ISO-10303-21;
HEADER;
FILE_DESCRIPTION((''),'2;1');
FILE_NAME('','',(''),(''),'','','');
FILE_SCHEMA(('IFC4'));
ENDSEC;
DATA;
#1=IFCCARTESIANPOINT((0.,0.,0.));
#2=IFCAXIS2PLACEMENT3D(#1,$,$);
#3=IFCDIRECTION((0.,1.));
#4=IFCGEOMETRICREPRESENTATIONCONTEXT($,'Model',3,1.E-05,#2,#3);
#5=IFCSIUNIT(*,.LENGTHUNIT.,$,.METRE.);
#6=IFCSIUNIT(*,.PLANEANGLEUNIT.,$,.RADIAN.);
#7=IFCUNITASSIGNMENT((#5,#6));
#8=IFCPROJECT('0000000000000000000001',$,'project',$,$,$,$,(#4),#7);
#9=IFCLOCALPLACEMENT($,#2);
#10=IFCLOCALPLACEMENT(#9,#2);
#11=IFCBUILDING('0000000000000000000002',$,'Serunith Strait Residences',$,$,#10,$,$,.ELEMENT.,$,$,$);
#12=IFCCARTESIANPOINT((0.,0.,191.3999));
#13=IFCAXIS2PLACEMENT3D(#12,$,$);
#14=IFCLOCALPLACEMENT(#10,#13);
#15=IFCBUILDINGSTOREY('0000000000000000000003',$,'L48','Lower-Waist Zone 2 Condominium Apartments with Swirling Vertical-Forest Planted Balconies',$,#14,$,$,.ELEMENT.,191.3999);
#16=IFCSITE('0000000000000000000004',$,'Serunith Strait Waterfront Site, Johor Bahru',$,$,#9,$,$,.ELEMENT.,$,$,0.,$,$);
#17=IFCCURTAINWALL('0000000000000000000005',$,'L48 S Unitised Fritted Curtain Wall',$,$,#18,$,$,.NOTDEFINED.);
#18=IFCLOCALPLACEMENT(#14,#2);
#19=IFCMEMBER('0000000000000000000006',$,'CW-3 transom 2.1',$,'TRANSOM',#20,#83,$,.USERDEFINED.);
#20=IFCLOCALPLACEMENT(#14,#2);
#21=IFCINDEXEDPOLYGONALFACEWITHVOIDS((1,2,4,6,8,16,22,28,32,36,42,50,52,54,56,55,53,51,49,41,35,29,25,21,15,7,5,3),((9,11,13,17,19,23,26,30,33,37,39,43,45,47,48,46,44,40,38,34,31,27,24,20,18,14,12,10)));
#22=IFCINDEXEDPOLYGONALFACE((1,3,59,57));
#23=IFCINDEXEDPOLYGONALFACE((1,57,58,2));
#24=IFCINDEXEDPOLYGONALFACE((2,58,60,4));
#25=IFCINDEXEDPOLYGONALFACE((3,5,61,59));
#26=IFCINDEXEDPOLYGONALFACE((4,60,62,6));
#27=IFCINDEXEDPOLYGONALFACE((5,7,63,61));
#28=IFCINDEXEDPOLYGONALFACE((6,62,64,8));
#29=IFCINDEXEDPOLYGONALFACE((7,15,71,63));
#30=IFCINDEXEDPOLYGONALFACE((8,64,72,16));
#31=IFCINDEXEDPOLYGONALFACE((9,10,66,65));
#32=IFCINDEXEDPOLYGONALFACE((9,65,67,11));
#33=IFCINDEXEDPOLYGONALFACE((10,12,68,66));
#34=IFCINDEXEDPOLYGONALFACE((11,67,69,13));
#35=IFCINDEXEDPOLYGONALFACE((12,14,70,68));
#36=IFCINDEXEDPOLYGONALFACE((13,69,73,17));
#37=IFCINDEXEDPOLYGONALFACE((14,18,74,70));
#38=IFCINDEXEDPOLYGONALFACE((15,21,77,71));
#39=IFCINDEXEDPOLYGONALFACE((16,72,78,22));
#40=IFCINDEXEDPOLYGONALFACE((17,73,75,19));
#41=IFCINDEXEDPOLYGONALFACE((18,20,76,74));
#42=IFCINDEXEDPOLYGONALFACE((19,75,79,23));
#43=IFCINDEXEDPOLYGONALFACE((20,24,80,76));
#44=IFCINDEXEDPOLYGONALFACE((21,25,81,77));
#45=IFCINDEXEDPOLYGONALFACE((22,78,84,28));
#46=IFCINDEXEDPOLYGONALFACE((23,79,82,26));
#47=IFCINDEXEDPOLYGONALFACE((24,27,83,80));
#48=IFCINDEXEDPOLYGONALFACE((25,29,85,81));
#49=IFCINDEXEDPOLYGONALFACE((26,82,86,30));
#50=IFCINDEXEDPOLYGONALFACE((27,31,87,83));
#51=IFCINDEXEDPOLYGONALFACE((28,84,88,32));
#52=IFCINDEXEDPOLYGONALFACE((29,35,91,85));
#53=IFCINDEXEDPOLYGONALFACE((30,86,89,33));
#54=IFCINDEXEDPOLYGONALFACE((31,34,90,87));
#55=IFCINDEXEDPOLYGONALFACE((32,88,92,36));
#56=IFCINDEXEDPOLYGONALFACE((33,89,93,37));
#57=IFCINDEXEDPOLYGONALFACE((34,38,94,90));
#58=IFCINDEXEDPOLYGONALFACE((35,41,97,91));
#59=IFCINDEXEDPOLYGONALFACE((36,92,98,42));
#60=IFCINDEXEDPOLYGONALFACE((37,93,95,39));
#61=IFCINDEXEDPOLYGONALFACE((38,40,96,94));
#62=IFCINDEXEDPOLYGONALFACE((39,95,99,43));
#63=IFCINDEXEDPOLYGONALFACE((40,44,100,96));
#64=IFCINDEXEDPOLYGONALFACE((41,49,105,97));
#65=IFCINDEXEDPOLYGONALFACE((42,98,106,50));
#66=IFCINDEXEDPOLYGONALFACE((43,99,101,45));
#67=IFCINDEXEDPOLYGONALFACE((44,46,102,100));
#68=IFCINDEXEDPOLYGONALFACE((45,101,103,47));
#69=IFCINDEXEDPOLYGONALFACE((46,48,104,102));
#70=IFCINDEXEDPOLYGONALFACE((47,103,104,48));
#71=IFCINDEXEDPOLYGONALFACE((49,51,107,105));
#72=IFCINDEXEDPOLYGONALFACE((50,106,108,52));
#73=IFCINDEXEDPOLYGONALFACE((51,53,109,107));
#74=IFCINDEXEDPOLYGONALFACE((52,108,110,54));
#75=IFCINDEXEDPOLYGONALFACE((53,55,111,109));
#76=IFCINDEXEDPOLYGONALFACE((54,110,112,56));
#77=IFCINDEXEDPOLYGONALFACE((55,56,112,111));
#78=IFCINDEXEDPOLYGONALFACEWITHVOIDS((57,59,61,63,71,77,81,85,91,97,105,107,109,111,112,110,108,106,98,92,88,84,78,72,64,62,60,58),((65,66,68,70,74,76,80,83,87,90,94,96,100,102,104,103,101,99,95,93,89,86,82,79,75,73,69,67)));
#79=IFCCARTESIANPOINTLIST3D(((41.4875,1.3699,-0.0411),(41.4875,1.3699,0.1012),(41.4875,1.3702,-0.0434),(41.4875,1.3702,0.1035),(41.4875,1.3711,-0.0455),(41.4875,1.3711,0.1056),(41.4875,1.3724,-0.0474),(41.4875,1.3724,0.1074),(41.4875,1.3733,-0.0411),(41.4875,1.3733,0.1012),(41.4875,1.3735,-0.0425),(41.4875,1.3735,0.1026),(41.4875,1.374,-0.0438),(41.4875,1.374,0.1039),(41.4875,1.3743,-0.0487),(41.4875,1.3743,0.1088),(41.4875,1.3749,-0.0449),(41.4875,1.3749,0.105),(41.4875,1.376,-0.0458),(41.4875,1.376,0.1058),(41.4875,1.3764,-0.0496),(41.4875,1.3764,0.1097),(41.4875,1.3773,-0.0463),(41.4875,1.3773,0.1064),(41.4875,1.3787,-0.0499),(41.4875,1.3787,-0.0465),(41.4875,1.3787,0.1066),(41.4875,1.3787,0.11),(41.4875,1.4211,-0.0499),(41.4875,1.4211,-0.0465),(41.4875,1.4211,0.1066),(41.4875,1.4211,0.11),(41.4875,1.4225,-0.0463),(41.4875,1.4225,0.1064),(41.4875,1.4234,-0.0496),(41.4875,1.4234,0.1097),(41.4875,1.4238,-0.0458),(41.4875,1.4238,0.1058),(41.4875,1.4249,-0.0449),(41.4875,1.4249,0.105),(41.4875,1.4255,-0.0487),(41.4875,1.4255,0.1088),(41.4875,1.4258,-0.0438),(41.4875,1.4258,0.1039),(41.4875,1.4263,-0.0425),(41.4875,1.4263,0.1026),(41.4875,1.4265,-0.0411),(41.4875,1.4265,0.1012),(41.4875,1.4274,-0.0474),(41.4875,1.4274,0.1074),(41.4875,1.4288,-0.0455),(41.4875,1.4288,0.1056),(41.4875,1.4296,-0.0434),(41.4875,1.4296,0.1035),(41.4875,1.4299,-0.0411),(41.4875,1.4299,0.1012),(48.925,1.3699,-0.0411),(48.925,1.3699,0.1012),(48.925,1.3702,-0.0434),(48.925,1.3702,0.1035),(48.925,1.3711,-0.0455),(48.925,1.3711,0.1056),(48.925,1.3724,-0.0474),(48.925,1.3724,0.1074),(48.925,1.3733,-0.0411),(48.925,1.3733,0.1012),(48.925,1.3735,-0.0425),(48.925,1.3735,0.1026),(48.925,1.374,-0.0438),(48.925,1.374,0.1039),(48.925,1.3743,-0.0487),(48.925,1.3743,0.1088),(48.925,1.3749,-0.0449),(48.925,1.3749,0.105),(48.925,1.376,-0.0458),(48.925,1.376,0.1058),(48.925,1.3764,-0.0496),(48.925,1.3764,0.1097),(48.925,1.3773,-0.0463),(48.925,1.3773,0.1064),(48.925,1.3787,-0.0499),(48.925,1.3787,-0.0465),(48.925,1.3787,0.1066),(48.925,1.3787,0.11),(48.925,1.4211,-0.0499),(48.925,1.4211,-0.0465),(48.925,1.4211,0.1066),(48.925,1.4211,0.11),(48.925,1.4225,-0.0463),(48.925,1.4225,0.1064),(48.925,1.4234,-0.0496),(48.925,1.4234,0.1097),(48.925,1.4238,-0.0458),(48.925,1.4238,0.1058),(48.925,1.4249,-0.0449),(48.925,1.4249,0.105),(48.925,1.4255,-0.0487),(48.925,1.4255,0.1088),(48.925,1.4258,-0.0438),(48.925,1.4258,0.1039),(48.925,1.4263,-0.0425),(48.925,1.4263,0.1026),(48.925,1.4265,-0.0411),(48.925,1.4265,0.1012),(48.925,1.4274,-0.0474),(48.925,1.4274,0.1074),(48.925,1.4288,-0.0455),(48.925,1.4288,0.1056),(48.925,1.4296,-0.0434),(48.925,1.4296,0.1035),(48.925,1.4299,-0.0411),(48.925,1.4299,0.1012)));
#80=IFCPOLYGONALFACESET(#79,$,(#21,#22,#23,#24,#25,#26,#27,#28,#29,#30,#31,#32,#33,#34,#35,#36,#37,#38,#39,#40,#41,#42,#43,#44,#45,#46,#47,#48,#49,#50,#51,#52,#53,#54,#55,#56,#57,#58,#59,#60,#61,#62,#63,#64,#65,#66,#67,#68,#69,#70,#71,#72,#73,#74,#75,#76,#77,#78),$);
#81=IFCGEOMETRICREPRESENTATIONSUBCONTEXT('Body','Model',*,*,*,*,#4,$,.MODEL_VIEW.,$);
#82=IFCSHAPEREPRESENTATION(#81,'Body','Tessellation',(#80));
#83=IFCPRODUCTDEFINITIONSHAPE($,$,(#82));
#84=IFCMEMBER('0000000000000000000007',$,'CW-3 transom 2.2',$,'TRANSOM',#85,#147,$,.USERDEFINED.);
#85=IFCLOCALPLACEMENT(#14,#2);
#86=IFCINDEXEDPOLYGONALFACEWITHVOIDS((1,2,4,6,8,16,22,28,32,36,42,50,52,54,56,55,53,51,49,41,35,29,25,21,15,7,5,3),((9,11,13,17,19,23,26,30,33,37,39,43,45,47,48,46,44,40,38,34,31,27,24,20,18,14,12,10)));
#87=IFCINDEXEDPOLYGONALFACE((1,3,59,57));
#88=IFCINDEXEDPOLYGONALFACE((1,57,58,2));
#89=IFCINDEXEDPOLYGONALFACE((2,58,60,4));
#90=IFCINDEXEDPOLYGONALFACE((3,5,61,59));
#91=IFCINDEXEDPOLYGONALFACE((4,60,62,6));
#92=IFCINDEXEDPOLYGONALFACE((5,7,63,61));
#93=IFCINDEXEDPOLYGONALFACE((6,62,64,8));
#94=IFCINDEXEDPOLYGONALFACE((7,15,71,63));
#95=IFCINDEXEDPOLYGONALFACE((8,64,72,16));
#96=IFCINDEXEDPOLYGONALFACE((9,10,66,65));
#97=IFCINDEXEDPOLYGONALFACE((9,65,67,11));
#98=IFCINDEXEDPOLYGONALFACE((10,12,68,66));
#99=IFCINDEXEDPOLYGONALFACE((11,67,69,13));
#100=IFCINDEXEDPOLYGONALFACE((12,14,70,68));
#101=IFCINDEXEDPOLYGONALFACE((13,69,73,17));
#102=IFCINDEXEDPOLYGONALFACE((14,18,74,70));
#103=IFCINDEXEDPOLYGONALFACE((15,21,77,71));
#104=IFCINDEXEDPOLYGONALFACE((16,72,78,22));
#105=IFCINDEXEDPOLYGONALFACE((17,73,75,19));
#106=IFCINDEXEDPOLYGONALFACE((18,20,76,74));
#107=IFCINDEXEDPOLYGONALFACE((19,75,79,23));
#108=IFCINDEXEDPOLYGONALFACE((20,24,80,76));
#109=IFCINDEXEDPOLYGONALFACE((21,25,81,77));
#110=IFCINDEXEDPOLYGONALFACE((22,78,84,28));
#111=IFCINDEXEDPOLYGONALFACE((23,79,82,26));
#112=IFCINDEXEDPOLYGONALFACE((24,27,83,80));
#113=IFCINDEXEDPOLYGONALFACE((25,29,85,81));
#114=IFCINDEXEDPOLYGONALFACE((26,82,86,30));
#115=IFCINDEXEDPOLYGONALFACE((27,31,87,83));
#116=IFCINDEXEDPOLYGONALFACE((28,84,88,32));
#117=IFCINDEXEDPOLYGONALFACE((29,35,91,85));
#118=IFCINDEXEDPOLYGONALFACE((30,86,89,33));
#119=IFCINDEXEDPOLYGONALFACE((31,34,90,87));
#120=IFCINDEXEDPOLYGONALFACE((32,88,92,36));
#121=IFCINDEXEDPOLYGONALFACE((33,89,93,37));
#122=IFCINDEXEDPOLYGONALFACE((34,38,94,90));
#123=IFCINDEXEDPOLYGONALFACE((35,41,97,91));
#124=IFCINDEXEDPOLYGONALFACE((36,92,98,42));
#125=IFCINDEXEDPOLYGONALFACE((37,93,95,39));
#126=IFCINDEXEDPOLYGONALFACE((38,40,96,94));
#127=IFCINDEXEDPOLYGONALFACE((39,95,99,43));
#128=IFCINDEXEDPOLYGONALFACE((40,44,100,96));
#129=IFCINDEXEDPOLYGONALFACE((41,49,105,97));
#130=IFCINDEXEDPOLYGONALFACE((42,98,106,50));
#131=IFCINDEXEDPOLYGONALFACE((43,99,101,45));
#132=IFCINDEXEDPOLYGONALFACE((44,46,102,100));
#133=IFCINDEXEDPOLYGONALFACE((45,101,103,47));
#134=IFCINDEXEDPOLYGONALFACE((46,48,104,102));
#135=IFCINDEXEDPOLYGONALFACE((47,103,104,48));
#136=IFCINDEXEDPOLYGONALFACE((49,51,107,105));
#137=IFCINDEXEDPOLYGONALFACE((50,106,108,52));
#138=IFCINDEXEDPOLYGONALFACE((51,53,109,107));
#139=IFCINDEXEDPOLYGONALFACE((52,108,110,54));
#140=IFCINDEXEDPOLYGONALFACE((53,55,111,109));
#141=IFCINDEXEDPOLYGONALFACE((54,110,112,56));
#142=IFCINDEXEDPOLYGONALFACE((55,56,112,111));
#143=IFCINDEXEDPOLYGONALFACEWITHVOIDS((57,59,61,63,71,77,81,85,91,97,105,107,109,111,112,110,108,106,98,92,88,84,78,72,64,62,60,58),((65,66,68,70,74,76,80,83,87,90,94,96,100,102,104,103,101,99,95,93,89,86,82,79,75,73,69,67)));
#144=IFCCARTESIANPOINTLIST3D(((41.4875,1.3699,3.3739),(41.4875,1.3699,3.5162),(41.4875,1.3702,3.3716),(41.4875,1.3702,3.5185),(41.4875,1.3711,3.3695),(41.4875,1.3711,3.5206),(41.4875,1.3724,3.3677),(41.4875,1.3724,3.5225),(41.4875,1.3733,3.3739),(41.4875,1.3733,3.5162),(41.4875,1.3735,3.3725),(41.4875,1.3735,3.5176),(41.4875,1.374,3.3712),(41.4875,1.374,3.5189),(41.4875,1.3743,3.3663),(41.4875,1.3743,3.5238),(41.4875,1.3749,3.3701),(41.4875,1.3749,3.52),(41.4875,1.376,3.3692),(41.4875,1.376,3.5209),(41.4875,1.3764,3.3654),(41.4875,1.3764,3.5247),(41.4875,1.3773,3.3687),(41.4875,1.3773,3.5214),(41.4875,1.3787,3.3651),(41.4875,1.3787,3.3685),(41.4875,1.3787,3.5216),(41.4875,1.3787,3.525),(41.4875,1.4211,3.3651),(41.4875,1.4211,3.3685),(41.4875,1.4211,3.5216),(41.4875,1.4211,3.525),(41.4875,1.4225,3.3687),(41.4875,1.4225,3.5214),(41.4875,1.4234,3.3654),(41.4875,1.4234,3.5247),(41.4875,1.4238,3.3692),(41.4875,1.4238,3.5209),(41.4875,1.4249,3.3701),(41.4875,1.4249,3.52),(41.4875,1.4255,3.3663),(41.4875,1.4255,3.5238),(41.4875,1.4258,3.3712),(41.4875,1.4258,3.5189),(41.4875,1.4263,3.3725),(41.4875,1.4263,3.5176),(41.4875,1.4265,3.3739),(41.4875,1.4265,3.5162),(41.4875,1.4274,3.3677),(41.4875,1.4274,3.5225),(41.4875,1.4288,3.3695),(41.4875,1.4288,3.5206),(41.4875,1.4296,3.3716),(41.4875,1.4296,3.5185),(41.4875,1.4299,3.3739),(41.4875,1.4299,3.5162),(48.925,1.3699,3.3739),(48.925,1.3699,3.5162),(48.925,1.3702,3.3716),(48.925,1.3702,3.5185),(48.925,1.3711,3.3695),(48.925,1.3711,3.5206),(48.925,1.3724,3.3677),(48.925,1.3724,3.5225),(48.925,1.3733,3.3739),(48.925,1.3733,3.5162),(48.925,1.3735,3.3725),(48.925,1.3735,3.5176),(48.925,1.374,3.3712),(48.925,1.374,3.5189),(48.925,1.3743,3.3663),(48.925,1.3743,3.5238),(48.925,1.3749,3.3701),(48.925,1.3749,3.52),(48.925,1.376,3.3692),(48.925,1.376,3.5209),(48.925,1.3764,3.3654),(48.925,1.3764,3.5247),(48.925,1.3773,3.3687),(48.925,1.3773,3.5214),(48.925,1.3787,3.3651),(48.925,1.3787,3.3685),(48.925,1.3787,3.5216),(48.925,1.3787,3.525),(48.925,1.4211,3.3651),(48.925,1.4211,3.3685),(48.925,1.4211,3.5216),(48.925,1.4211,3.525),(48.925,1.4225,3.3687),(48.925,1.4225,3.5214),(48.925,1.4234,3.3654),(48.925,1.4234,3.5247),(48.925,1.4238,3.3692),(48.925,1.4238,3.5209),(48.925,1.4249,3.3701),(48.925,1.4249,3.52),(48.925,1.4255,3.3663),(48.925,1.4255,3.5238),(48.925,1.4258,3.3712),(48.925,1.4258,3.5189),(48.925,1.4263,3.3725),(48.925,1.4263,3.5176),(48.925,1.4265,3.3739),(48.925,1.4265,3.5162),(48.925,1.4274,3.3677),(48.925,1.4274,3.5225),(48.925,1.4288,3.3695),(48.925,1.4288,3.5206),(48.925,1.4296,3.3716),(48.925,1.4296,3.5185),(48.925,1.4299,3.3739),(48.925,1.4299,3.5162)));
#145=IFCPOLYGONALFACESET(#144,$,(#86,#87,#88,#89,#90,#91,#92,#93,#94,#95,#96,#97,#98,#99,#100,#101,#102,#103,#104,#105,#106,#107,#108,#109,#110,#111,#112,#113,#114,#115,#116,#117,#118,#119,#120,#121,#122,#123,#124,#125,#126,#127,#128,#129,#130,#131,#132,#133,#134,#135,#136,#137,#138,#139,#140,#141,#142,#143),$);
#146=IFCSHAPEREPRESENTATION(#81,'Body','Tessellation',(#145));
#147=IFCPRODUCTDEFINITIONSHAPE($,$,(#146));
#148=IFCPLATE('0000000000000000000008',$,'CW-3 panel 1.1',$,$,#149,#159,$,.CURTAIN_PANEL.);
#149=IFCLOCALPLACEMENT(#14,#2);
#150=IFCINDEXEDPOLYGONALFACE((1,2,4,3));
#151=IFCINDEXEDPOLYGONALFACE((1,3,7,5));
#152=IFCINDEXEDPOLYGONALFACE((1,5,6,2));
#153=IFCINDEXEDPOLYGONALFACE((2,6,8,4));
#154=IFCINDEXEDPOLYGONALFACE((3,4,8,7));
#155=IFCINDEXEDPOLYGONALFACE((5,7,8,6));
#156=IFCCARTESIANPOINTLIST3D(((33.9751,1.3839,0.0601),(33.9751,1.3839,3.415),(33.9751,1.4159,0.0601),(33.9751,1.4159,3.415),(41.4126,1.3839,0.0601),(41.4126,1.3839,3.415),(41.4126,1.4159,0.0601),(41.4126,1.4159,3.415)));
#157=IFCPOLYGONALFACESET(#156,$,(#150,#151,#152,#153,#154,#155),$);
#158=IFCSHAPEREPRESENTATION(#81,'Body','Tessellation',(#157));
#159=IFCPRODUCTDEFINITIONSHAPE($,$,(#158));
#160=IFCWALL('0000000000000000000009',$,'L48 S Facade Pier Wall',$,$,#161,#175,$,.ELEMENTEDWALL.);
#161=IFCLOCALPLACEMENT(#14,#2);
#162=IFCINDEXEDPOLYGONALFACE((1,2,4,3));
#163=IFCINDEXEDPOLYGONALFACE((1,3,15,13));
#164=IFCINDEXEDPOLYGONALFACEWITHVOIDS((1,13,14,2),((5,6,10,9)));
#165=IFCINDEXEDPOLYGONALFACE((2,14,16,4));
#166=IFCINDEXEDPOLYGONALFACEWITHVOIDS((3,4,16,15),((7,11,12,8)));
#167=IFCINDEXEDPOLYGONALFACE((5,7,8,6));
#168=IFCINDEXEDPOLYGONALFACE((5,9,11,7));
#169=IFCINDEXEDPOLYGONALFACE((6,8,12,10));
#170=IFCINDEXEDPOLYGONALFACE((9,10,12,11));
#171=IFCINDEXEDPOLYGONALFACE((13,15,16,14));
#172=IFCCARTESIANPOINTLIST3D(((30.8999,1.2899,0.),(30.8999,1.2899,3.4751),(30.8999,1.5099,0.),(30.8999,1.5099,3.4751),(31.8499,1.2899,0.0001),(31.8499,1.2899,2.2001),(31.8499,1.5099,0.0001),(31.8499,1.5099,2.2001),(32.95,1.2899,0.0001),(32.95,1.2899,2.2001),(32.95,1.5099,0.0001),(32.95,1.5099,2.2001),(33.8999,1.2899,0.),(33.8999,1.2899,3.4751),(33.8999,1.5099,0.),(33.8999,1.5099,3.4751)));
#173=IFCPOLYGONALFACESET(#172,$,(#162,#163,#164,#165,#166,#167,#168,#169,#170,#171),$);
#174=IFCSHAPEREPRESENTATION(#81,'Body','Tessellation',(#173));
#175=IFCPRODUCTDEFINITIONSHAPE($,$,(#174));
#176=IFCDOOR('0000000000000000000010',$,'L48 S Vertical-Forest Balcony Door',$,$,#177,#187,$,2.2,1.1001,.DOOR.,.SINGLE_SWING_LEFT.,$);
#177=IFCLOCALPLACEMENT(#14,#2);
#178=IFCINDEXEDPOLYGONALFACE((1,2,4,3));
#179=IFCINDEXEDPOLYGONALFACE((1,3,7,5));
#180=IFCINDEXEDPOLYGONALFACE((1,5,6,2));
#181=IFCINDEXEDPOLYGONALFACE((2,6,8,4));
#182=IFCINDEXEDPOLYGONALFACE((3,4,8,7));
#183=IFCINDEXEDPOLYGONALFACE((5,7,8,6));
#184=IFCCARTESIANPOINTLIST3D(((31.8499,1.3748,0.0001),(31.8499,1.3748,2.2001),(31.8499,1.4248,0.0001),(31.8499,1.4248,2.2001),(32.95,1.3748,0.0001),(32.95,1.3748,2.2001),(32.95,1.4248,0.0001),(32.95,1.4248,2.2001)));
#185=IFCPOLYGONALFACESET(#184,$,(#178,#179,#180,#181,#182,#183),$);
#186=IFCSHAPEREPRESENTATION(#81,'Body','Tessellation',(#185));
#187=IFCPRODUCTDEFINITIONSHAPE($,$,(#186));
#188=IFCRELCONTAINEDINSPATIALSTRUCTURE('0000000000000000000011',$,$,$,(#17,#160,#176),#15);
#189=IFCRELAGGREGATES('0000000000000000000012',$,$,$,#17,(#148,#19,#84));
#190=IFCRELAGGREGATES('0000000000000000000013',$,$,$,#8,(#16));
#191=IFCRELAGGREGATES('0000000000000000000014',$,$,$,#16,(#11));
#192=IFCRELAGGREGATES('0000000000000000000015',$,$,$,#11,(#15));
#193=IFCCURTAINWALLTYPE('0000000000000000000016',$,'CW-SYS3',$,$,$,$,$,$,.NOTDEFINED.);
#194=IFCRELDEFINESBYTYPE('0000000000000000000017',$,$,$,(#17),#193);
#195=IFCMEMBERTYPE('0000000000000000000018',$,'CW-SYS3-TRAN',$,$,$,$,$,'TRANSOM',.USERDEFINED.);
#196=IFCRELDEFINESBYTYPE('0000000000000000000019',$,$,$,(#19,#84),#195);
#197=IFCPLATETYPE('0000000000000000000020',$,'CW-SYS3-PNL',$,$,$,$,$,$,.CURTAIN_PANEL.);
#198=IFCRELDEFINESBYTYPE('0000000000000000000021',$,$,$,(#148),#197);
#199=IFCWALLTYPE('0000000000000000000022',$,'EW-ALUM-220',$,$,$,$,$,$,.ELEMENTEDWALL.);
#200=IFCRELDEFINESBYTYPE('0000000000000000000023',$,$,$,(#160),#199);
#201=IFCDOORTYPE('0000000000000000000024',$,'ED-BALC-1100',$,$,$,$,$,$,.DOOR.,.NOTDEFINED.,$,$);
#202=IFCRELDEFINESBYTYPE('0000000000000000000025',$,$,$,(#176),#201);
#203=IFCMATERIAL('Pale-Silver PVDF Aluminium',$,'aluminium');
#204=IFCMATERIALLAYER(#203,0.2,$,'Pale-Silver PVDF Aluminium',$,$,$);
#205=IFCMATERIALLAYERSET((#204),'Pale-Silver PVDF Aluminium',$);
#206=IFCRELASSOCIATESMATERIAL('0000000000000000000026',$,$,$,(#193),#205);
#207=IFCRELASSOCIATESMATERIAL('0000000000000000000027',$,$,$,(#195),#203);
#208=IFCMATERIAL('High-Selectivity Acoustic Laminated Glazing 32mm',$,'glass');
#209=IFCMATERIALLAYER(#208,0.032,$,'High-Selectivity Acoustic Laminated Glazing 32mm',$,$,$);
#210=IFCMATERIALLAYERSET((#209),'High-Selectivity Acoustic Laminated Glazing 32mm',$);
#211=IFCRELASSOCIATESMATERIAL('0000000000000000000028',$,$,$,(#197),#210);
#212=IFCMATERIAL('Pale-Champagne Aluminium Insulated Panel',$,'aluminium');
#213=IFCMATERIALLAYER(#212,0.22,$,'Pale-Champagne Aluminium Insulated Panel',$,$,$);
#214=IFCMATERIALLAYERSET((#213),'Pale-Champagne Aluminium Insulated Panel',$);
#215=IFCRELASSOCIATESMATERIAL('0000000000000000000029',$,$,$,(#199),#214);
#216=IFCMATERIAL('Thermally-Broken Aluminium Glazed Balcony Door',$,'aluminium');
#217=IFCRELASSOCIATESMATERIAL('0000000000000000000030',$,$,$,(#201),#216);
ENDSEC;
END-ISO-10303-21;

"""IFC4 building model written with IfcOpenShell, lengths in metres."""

from ifc_helpers import new_model, si_unit, direction, frame, frame_2d, origin, origin_2d, place, context, subcontext, project, spatial, rectangle, hollow_rectangle, extrude, source, transform, mapped, material, layer, layer_set, material_profile, profile_set, type_object, element, fill, aggregate, save


model = new_model("IFC4")

# Units and contexts
model_context = context("Model", 3, precision=1e-05, world=origin(), true_north=direction((0.0, 1.0)))
body_context = subcontext(model_context, "Body", "Model", "MODEL_VIEW")
ifc_project = project(units=[si_unit("LENGTHUNIT", "METRE"), si_unit("PLANEANGLEUNIT", "RADIAN")], contexts=[model_context])

# Site, building, storey
site_placement = place(None, origin())
site = spatial("IfcSite", under=ifc_project, at=site_placement, Name="Serunith Strait Waterfront Site, Johor Bahru", CompositionType="ELEMENT", RefElevation=0.0)
building_placement = place(site_placement, origin())
building = spatial("IfcBuilding", under=site, at=building_placement, Name="Serunith Strait Residences", CompositionType="ELEMENT")
storey_placement = place(building_placement, frame((0.0, 0.0, 191.3999)))
storey = spatial("IfcBuildingStorey", under=building, at=storey_placement, Name="L48", Description="Lower-Waist Zone 2 Condominium Apartments with Swirling Vertical-Forest Planted Balconies", CompositionType="ELEMENT", Elevation=191.3999)

# Curtain wall, members, plate
ifc_material_1 = material(Name="Pale-Silver PVDF Aluminium", Category="aluminium")
ifc_layer_1 = layer(ifc_material_1, 0.2, Name="Pale-Silver PVDF Aluminium")
ifc_layer_set_1 = layer_set([ifc_layer_1], Name="Pale-Silver PVDF Aluminium")
curtain_wall_type = type_object("IfcCurtainWallType", Name="CW-SYS3", PredefinedType="NOTDEFINED", material=ifc_layer_set_1)
curtain_wall_placement = place(storey_placement, origin())
curtain_wall = element("IfcCurtainWall", 1, at=curtain_wall_placement, inside=storey, type_object=curtain_wall_type, Name="L48 S Unitised Fritted Curtain Wall", PredefinedType="NOTDEFINED")
ifc_material_profile_1 = material_profile(ifc_material_1, hollow_rectangle(XDim=0.0601, YDim=0.1599, WallThickness=0.0034, InnerFilletRadius=0.0054, OuterFilletRadius=0.0088, at=origin_2d()), Name="ALU 160x60x3.5")
ifc_profile_set_1 = profile_set([ifc_material_profile_1], Name="Pale-Silver PVDF Aluminium")
member_type_1 = type_object("IfcMemberType", Name="CW-SYS3-TRAN", ElementType="TRANSOM", PredefinedType="USERDEFINED", material=ifc_profile_set_1)
shared_shape_1 = source(origin(), body_context, "Body", "SweptSolid", [
    extrude(hollow_rectangle(XDim=0.0601, YDim=0.1599, WallThickness=0.0034, InnerFilletRadius=0.0054, OuterFilletRadius=0.0088, at=origin_2d()), origin(), (0.0, 0.0, 1.0), 7.4375),
])
member_1_placement = place(storey_placement, frame((41.4875, 1.3999, 0.03), z_axis=(1.0, 0.0, 0.0), x_axis=(0.0, 1.0, 0.0)))
member_1 = element("IfcMember", 2, at=member_1_placement, type_object=member_type_1, Name="CW-3 transom 2.1", ObjectType="TRANSOM", PredefinedType="USERDEFINED", context=body_context, shape_type="MappedRepresentation", body=[
    mapped(shared_shape_1, transform((0.0, 0.0, 0.0), scale=1.0)),
])
member_2_placement = place(storey_placement, frame((41.4875, 1.3999, 3.4451), z_axis=(1.0, 0.0, 0.0), x_axis=(0.0, 1.0, 0.0)))
member_2 = element("IfcMember", 3, at=member_2_placement, type_object=member_type_1, Name="CW-3 transom 2.2", ObjectType="TRANSOM", PredefinedType="USERDEFINED", context=body_context, shape_type="MappedRepresentation", body=[
    mapped(shared_shape_1, transform((0.0, 0.0, 0.0), scale=1.0)),
])
ifc_material_2 = material(Name="High-Selectivity Acoustic Laminated Glazing 32mm", Category="glass")
ifc_layer_2 = layer(ifc_material_2, 0.032, Name="High-Selectivity Acoustic Laminated Glazing 32mm")
ifc_layer_set_2 = layer_set([ifc_layer_2], Name="High-Selectivity Acoustic Laminated Glazing 32mm")
plate_type = type_object("IfcPlateType", Name="CW-SYS3-PNL", PredefinedType="CURTAIN_PANEL", material=ifc_layer_set_2)
shared_shape_2 = source(origin(), body_context, "Body", "SweptSolid", [
    extrude(rectangle(XDim=7.4375, YDim=0.032, at=origin_2d()), origin(), (0.0, 0.0, 1.0), 3.355),
])
plate_placement = place(storey_placement, frame((37.6938, 1.3999, 0.0601), z_axis=(0.0, 0.0, 1.0), x_axis=(1.0, 0.0, 0.0)))
plate = element("IfcPlate", 4, at=plate_placement, type_object=plate_type, Name="CW-3 panel 1.1", PredefinedType="CURTAIN_PANEL", context=body_context, shape_type="MappedRepresentation", body=[
    mapped(shared_shape_2, transform((0.0, 0.0, 0.0), scale=1.0)),
])
aggregate(curtain_wall, [plate, member_1, member_2])

# Wall, opening, door
ifc_material_3 = material(Name="Pale-Champagne Aluminium Insulated Panel", Category="aluminium")
ifc_layer_3 = layer(ifc_material_3, 0.22, Name="Pale-Champagne Aluminium Insulated Panel")
ifc_layer_set_3 = layer_set([ifc_layer_3], Name="Pale-Champagne Aluminium Insulated Panel")
wall_type_1 = type_object("IfcWallType", Name="EW-ALUM-220", PredefinedType="ELEMENTEDWALL", material=ifc_layer_set_3)
wall_1_placement = place(storey_placement, frame((30.8999, 1.3999, 0.0), z_axis=(0.0, 0.0, 1.0), x_axis=(1.0, 0.0, 0.0)))
wall_1 = element("IfcWall", 5, at=wall_1_placement, inside=storey, type_object=wall_type_1, Name="L48 S Facade Pier Wall", PredefinedType="ELEMENTEDWALL", context=body_context, shape_type="SweptSolid", body=[
    extrude(rectangle(XDim=3.0, YDim=0.22, at=frame_2d((1.5, 0.0))), origin(), (0.0, 0.0, 1.0), 3.4751),
])
opening_1_placement = place(wall_1_placement, frame((0.95, 0.0, 0.0)))
opening_1 = element("IfcOpeningElement", 6, at=opening_1_placement, cuts=wall_1, PredefinedType="OPENING", context=body_context, shape_type="SweptSolid", body=[
    extrude(rectangle(XDim=1.1001, YDim=2.2, at=frame_2d((0.55, 1.1001))), frame((0.0, 0.1201, 0.0), z_axis=(0.0, -1.0, 0.0), x_axis=(1.0, 0.0, 0.0)), (0.0, 0.0, 1.0), 0.24),
])
ifc_material_4 = material(Name="Thermally-Broken Aluminium Glazed Balcony Door", Category="aluminium")
door_type_1 = type_object("IfcDoorType", Name="ED-BALC-1100", OperationType="NOTDEFINED", PredefinedType="DOOR", material=ifc_material_4)
shared_shape_3 = source(origin(), body_context, "Body", "SweptSolid", [
    extrude(rectangle(XDim=1.1001, YDim=2.2, at=frame_2d((0.55, 1.1001))), frame((0.0, 0.0249, 0.0), z_axis=(0.0, -1.0, 0.0), x_axis=(1.0, 0.0, 0.0)), (0.0, 0.0, 1.0), 0.05),
])
door_1_placement = place(opening_1_placement, origin())
door_1 = element("IfcDoor", 7, at=door_1_placement, inside=storey, type_object=door_type_1, Name="L48 S Vertical-Forest Balcony Door", OperationType="SINGLE_SWING_LEFT", OverallHeight=2.2, OverallWidth=1.1001, PredefinedType="DOOR", context=body_context, shape_type="MappedRepresentation", body=[
    mapped(shared_shape_3, transform((0.0, 0.0, 0.0), scale=1.0)),
])
fill(opening_1, door_1)

save(model, "model.ifc")
